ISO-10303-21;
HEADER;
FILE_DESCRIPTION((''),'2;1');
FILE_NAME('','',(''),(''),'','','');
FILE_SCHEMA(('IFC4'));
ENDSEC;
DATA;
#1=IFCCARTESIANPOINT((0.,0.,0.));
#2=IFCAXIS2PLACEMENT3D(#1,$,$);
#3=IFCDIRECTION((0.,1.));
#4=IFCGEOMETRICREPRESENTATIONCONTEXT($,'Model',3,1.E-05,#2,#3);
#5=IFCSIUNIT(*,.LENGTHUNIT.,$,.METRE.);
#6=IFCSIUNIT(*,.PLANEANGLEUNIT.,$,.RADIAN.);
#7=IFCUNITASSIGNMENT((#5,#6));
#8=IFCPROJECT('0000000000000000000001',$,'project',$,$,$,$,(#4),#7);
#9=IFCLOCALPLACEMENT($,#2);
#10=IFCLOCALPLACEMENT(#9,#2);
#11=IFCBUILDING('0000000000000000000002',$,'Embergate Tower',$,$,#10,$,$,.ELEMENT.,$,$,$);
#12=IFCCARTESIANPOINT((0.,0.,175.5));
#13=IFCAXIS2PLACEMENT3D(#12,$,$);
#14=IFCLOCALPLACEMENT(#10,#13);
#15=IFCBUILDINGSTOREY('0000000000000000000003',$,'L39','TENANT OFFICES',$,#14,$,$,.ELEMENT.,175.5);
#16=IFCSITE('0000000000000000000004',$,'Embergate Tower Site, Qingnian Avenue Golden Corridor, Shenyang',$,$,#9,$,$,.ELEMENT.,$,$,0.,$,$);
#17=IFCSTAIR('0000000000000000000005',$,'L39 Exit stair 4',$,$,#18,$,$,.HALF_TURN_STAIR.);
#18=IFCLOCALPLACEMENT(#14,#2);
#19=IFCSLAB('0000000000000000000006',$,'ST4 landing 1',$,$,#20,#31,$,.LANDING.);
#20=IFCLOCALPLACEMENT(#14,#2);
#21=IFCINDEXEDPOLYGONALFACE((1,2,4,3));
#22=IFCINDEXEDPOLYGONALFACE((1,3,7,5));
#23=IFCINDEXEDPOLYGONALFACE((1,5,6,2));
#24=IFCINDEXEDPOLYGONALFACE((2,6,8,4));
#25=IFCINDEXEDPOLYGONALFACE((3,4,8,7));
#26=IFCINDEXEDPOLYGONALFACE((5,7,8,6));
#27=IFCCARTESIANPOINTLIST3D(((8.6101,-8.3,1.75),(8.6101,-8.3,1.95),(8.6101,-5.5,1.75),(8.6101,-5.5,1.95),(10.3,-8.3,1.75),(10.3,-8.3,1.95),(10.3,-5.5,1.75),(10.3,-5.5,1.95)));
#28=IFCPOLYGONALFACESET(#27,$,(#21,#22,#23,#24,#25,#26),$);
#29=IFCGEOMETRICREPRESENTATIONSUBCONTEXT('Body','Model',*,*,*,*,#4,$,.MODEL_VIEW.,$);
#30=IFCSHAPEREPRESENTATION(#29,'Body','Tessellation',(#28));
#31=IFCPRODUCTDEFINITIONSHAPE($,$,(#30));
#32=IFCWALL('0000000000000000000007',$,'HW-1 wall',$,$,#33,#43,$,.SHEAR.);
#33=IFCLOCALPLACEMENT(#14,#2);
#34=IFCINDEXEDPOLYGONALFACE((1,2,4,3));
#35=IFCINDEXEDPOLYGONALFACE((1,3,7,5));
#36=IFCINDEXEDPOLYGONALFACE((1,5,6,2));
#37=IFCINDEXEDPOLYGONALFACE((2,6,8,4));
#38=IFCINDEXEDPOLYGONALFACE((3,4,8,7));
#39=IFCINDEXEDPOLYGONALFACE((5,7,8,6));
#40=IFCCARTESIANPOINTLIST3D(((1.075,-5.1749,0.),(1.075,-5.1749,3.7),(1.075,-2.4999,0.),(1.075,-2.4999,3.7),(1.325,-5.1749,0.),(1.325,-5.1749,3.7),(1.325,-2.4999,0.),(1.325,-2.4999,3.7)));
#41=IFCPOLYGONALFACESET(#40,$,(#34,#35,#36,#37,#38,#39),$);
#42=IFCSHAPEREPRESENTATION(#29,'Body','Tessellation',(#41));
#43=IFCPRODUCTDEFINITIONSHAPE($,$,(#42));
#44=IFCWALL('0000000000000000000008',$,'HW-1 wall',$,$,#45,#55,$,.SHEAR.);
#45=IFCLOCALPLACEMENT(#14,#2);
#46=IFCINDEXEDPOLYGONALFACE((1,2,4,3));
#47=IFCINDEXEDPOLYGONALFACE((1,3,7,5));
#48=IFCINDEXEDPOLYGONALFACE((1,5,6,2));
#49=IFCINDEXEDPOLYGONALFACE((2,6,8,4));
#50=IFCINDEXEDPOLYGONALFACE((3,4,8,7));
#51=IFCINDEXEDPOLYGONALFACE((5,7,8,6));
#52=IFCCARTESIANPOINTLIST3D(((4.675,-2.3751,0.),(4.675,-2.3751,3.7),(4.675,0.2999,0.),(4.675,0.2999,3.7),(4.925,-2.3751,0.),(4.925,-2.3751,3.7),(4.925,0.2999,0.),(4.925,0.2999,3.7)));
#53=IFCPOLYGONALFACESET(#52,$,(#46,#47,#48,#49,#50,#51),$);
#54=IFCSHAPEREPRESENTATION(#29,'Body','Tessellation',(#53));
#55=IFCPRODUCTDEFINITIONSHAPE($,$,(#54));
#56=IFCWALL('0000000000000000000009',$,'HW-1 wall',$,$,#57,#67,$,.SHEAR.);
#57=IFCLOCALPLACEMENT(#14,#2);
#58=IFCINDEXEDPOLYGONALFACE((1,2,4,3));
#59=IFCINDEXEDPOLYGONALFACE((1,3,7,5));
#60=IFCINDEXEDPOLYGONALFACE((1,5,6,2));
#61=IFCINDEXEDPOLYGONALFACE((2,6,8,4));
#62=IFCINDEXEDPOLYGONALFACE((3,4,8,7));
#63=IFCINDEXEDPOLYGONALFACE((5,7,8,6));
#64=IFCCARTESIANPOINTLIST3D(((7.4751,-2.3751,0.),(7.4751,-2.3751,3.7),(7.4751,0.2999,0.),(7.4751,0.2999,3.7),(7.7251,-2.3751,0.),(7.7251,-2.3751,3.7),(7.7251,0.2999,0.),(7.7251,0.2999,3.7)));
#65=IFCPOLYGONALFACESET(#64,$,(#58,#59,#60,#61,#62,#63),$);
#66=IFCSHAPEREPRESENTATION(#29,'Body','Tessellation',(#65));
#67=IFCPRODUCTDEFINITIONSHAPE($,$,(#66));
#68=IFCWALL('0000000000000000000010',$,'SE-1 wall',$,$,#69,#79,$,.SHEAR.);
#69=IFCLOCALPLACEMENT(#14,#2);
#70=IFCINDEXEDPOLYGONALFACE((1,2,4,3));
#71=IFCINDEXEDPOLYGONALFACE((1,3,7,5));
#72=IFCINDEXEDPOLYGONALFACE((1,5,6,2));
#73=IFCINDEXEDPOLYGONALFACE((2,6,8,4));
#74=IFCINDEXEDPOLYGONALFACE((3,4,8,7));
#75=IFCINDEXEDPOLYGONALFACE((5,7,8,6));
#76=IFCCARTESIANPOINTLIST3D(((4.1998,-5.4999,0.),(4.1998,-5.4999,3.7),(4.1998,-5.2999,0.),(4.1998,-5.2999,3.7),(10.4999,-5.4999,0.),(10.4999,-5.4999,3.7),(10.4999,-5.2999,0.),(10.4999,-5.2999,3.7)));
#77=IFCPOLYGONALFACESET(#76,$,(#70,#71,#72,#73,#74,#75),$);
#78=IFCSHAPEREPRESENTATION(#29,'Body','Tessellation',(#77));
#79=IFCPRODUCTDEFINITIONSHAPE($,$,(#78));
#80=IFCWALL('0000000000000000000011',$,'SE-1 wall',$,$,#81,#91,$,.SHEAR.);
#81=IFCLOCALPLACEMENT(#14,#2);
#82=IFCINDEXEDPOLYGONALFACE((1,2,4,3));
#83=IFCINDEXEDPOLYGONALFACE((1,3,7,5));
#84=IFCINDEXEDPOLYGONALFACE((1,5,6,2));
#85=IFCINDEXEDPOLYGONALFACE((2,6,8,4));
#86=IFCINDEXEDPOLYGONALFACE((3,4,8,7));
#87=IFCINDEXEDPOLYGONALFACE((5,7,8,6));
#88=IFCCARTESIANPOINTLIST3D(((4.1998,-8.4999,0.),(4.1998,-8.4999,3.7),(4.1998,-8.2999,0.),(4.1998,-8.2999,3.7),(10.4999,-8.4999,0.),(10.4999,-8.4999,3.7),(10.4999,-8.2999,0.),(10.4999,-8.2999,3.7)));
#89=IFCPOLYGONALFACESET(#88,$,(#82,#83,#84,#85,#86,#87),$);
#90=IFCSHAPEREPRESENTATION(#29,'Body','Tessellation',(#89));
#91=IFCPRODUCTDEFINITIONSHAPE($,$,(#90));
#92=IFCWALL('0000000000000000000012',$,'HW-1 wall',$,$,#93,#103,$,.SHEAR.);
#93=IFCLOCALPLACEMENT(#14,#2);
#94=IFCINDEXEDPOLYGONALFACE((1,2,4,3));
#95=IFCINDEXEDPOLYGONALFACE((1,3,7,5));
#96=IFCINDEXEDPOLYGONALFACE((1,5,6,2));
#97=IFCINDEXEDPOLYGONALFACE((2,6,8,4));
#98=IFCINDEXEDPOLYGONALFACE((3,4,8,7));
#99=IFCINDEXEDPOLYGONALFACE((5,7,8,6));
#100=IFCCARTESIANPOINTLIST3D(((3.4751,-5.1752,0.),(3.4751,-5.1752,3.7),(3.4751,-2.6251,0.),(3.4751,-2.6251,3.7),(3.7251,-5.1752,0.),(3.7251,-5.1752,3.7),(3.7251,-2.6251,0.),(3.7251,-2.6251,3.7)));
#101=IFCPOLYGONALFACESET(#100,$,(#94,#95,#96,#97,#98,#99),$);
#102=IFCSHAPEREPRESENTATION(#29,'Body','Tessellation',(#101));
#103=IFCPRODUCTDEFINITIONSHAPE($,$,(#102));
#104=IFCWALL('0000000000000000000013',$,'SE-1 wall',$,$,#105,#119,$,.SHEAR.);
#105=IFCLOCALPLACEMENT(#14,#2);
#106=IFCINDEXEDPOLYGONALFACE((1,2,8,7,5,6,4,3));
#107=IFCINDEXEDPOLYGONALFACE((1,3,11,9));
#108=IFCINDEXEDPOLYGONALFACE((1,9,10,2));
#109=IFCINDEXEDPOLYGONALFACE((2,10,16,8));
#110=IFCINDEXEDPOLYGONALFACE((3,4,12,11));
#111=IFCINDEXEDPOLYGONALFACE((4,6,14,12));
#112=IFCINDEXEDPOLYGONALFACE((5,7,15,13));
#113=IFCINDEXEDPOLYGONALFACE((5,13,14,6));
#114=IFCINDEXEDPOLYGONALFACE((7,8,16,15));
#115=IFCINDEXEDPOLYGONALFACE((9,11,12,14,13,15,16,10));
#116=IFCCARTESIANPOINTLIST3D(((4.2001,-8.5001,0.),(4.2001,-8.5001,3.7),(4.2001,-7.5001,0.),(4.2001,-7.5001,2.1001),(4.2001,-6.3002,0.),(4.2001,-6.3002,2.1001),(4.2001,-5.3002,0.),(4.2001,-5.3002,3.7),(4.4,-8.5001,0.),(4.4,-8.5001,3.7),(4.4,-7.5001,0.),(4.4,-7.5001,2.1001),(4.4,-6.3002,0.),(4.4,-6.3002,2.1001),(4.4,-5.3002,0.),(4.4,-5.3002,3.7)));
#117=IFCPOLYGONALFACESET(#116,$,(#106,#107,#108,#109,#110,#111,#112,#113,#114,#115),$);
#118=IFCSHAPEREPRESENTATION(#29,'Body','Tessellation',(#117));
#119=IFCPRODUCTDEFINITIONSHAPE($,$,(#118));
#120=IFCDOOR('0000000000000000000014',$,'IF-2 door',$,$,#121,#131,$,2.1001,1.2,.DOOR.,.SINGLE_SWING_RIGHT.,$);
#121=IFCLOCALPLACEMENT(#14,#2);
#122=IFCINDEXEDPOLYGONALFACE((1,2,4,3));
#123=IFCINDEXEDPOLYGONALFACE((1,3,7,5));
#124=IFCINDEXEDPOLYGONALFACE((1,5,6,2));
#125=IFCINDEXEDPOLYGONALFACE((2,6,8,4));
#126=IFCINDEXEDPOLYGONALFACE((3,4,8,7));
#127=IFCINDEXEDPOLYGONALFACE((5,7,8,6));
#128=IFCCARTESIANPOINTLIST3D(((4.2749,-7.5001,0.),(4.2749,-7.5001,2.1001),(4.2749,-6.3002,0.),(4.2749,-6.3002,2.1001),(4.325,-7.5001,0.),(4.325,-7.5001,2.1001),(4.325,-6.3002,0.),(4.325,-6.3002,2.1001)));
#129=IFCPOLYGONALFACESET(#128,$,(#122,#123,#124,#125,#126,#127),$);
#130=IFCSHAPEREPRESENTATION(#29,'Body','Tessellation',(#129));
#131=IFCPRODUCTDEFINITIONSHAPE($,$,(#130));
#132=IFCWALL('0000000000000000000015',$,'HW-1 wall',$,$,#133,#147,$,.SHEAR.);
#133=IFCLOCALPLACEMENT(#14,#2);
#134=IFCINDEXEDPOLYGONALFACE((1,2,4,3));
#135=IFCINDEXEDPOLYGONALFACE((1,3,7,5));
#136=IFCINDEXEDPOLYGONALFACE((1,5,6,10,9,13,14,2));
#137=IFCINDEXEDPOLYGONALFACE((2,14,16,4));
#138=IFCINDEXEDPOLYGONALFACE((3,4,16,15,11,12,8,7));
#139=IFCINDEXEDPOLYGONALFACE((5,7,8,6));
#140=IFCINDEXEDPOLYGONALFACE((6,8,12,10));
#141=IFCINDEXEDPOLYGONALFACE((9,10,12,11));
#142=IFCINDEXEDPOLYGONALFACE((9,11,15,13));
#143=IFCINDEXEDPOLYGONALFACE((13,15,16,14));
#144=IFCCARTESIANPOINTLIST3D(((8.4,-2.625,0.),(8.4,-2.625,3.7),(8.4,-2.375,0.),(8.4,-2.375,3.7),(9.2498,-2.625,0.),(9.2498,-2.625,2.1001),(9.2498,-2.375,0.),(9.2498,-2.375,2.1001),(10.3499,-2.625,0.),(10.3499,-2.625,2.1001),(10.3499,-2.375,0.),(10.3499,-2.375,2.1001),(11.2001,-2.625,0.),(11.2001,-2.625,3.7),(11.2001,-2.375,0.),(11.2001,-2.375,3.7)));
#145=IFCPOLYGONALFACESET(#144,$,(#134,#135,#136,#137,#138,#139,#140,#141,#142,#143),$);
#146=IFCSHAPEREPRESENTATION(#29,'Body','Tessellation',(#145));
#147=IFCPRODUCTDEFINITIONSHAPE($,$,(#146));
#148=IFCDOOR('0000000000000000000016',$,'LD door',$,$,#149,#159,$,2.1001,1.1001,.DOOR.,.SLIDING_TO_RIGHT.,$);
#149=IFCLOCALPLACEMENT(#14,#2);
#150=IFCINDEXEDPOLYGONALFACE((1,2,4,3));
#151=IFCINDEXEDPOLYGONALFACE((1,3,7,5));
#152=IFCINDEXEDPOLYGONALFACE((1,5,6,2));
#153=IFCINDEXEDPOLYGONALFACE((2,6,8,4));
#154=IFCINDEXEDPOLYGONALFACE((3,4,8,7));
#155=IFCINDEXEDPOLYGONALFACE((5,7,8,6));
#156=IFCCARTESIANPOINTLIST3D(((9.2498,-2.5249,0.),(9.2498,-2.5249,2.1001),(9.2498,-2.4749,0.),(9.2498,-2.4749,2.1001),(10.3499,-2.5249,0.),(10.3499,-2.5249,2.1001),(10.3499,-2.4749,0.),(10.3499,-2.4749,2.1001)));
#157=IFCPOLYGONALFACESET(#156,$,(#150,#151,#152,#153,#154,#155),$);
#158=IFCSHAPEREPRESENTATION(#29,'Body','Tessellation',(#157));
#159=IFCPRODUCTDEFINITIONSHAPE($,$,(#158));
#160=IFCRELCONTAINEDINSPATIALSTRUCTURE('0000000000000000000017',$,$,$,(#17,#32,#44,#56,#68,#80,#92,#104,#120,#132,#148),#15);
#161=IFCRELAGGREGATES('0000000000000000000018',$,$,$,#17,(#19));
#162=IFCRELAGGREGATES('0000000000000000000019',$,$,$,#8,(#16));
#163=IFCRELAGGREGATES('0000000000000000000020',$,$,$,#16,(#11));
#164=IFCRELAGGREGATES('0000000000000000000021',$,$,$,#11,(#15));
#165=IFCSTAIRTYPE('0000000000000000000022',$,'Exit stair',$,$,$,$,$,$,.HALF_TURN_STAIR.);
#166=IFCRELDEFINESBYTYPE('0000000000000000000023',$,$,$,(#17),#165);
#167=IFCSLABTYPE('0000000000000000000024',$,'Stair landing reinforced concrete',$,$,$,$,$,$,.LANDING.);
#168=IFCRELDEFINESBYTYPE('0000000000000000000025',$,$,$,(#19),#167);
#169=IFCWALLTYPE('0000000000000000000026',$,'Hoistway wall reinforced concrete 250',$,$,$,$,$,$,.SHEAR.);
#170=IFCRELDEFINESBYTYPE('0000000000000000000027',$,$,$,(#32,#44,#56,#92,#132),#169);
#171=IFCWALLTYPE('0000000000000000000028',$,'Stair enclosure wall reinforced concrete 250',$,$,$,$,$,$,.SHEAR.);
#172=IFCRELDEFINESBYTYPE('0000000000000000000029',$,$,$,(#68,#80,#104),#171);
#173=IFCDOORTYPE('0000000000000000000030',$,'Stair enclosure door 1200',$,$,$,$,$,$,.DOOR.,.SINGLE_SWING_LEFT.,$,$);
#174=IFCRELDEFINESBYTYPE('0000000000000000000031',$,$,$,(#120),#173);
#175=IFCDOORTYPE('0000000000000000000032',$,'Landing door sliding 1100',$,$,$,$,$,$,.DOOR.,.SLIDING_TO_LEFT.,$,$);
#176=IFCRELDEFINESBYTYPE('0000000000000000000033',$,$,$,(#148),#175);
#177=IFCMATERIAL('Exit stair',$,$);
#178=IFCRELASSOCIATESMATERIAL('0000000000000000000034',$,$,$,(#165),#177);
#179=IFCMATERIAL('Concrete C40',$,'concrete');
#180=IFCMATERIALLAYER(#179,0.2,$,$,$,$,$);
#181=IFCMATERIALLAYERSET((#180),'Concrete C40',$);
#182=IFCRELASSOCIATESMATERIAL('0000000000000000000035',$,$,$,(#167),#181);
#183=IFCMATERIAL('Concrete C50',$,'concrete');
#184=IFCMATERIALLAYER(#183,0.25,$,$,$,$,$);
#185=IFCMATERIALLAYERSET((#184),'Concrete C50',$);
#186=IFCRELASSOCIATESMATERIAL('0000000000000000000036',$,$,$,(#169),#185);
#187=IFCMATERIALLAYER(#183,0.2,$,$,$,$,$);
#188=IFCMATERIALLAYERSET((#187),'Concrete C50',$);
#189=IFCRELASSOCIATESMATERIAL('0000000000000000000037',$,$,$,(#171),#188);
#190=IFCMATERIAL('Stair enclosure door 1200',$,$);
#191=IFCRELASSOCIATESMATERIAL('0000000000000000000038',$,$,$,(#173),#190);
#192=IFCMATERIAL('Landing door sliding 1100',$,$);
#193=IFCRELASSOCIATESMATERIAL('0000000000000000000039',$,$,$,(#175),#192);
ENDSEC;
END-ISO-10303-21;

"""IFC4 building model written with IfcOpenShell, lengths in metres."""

from ifc_helpers import new_model, si_unit, direction, frame, frame_2d, origin, place, context, subcontext, project, spatial, polyline, rectangle, outline, extrude, source, transform, mapped, material, layer, layer_set, type_object, element, fill, aggregate, save


model = new_model("IFC4")

# Units and contexts
model_context = context("Model", 3, precision=1e-05, world=origin(), true_north=direction((0.0, 1.0)))
body_context = subcontext(model_context, "Body", "Model", "MODEL_VIEW")
ifc_project = project(units=[si_unit("LENGTHUNIT", "METRE"), si_unit("PLANEANGLEUNIT", "RADIAN")], contexts=[model_context])

# Site, building, storey
site_placement = place(None, origin())
site = spatial("IfcSite", under=ifc_project, at=site_placement, Name="Embergate Tower Site, Qingnian Avenue Golden Corridor, Shenyang", CompositionType="ELEMENT", RefElevation=0.0)
building_placement = place(site_placement, origin())
building = spatial("IfcBuilding", under=site, at=building_placement, Name="Embergate Tower", CompositionType="ELEMENT")
storey_placement = place(building_placement, frame((0.0, 0.0, 175.5)))
storey = spatial("IfcBuildingStorey", under=building, at=storey_placement, Name="L39", Description="TENANT OFFICES", CompositionType="ELEMENT", Elevation=175.5)

# Stair, slab
ifc_material_1 = material(Name="Exit stair")
stair_type = type_object("IfcStairType", Name="Exit stair", PredefinedType="HALF_TURN_STAIR", material=ifc_material_1)
stair_placement = place(storey_placement, origin())
stair = element("IfcStair", 1, at=stair_placement, inside=storey, type_object=stair_type, Name="L39 Exit stair 4", PredefinedType="HALF_TURN_STAIR")
ifc_material_2 = material(Name="Concrete C40", Category="concrete")
ifc_layer_1 = layer(ifc_material_2, 0.2)
ifc_layer_set_1 = layer_set([ifc_layer_1], Name="Concrete C40")
slab_type = type_object("IfcSlabType", Name="Stair landing reinforced concrete", PredefinedType="LANDING", material=ifc_layer_set_1)
shared_shape_1 = source(origin(), body_context, "Body", "SweptSolid", [
    extrude(outline(polyline([(0.0, 0.0), (1.6899, 0.0), (1.6899, 2.8), (0.0, 2.8), (0.0, 0.0)])), origin(), (0.0, 0.0, 1.0), 0.2),
])
slab_placement = place(storey_placement, frame((8.6101, -8.3, 1.75)))
slab = element("IfcSlab", 2, at=slab_placement, type_object=slab_type, Name="ST4 landing 1", PredefinedType="LANDING", context=body_context, shape_type="MappedRepresentation", body=[
    mapped(shared_shape_1, transform((0.0, 0.0, 0.0))),
])

# Walls
ifc_material_3 = material(Name="Concrete C50", Category="concrete")
ifc_layer_2 = layer(ifc_material_3, 0.25)
ifc_layer_set_2 = layer_set([ifc_layer_2], Name="Concrete C50")
wall_type_1 = type_object("IfcWallType", Name="Hoistway wall reinforced concrete 250", PredefinedType="SHEAR", material=ifc_layer_set_2)
shared_shape_2 = source(origin(), body_context, "Body", "SweptSolid", [
    extrude(rectangle(XDim=2.675, YDim=0.25, at=frame_2d((1.3374, 0.0))), origin(), (0.0, 0.0, 1.0), 3.7),
])
for number, where, z_axis, x_axis, name in (
    (3, (1.2, -2.5, 0.0), (0.0, 0.0, 1.0), (0.0, -1.0, 0.0), "HW-1 wall"),
    (4, (4.8, -2.375, 0.0), (0.0, 0.0, 1.0), (0.0, 1.0, 0.0), "HW-1 wall"),
    (5, (7.6001, -2.375, 0.0), (0.0, 0.0, 1.0), (0.0, 1.0, 0.0), "HW-1 wall"),
):
    element("IfcWall", number, at=place(storey_placement, frame(where, z_axis=z_axis, x_axis=x_axis)), inside=storey, type_object=wall_type_1, Name=name, PredefinedType="SHEAR", context=body_context, shape_type="MappedRepresentation", body=[
        mapped(shared_shape_2, transform((0.0, 0.0, 0.0))),
    ])
ifc_layer_3 = layer(ifc_material_3, 0.2)
ifc_layer_set_3 = layer_set([ifc_layer_3], Name="Concrete C50")
wall_type_2 = type_object("IfcWallType", Name="Stair enclosure wall reinforced concrete 250", PredefinedType="SHEAR", material=ifc_layer_set_3)
shared_shape_3 = source(origin(), body_context, "Body", "SweptSolid", [
    extrude(rectangle(XDim=6.3, YDim=0.2, at=frame_2d((3.1499, 0.0))), origin(), (0.0, 0.0, 1.0), 3.7),
])
for number, where, z_axis, x_axis, name in (
    (6, (4.2, -5.3999, 0.0), (0.0, 0.0, 1.0), (1.0, 0.0, 0.0), "SE-1 wall"),
    (7, (4.2, -8.3999, 0.0), (0.0, 0.0, 1.0), (1.0, 0.0, 0.0), "SE-1 wall"),
):
    element("IfcWall", number, at=place(storey_placement, frame(where, z_axis=z_axis, x_axis=x_axis)), inside=storey, type_object=wall_type_2, Name=name, PredefinedType="SHEAR", context=body_context, shape_type="MappedRepresentation", body=[
        mapped(shared_shape_3, transform((0.0, 0.0, 0.0))),
    ])
shared_shape_4 = source(origin(), body_context, "Body", "SweptSolid", [
    extrude(rectangle(XDim=2.55, YDim=0.25, at=frame_2d((1.2749, 0.0))), origin(), (0.0, 0.0, 1.0), 3.7),
])
wall_1_placement = place(storey_placement, frame((3.6001, -5.175, 0.0), z_axis=(0.0, 0.0, 1.0), x_axis=(0.0, 1.0, 0.0)))
element("IfcWall", 8, at=wall_1_placement, inside=storey, type_object=wall_type_1, Name="HW-1 wall", PredefinedType="SHEAR", context=body_context, shape_type="MappedRepresentation", body=[
    mapped(shared_shape_4, transform((0.0, 0.0, 0.0))),
])

# Walls, openings, doors
shared_shape_5 = source(origin(), body_context, "Body", "SweptSolid", [
    extrude(rectangle(XDim=3.2, YDim=0.2, at=frame_2d((1.6001, 0.0))), origin(), (0.0, 0.0, 1.0), 3.7),
])
wall_2_placement = place(storey_placement, frame((4.3, -5.3, 0.0), z_axis=(0.0, 0.0, 1.0), x_axis=(0.0, -1.0, 0.0)))
wall_2 = element("IfcWall", 9, at=wall_2_placement, inside=storey, type_object=wall_type_2, Name="SE-1 wall", PredefinedType="SHEAR", context=body_context, shape_type="MappedRepresentation", body=[
    mapped(shared_shape_5, transform((0.0, 0.0, 0.0))),
])
shared_shape_6 = source(origin(), body_context, "Body", "SweptSolid", [
    extrude(rectangle(XDim=1.2, YDim=2.1001, at=frame_2d((0.6001, 1.05))), frame((0.0, 0.1099, 0.0), z_axis=(0.0, -1.0, 0.0), x_axis=(1.0, 0.0, 0.0)), (0.0, 0.0, 1.0), 0.22),
])
opening_1_placement = place(wall_2_placement, frame((1.0, 0.0, 0.0)))
opening_1 = element("IfcOpeningElement", 10, at=opening_1_placement, cuts=wall_2, PredefinedType="OPENING", context=body_context, shape_type="MappedRepresentation", body=[
    mapped(shared_shape_6, transform((0.0, 0.0, 0.0))),
])
ifc_material_4 = material(Name="Stair enclosure door 1200")
door_type_1 = type_object("IfcDoorType", Name="Stair enclosure door 1200", OperationType="SINGLE_SWING_LEFT", PredefinedType="DOOR", material=ifc_material_4)
shared_shape_7 = source(origin(), body_context, "Body", "SweptSolid", [
    extrude(rectangle(XDim=1.2, YDim=2.1001, at=frame_2d((0.6001, 1.05))), frame((0.0, 0.0249, 0.0), z_axis=(0.0, -1.0, 0.0), x_axis=(1.0, 0.0, 0.0)), (0.0, 0.0, 1.0), 0.05),
])
door_1_placement = place(opening_1_placement, origin())
door_1 = element("IfcDoor", 11, at=door_1_placement, inside=storey, type_object=door_type_1, Name="IF-2 door", OperationType="SINGLE_SWING_RIGHT", OverallHeight=2.1001, OverallWidth=1.2, PredefinedType="DOOR", context=body_context, shape_type="MappedRepresentation", body=[
    mapped(shared_shape_7, transform((0.0, 0.0, 0.0))),
])
fill(opening_1, door_1)
shared_shape_8 = source(origin(), body_context, "Body", "SweptSolid", [
    extrude(rectangle(XDim=2.8, YDim=0.25, at=frame_2d((1.3999, 0.0))), origin(), (0.0, 0.0, 1.0), 3.7),
])
wall_3_placement = place(storey_placement, frame((11.2, -2.5, 0.0), z_axis=(0.0, 0.0, 1.0), x_axis=(-1.0, 0.0, 0.0)))
wall_3 = element("IfcWall", 12, at=wall_3_placement, inside=storey, type_object=wall_type_1, Name="HW-1 wall", PredefinedType="SHEAR", context=body_context, shape_type="MappedRepresentation", body=[
    mapped(shared_shape_8, transform((0.0, 0.0, 0.0))),
])
shared_shape_9 = source(origin(), body_context, "Body", "SweptSolid", [
    extrude(rectangle(XDim=1.1001, YDim=2.1001, at=frame_2d((0.55, 1.05))), frame((0.0, 0.135, 0.0), z_axis=(0.0, -1.0, 0.0), x_axis=(1.0, 0.0, 0.0)), (0.0, 0.0, 1.0), 0.27),
])
opening_2_placement = place(wall_3_placement, frame((0.8501, 0.0, 0.0)))
opening_2 = element("IfcOpeningElement", 13, at=opening_2_placement, cuts=wall_3, PredefinedType="OPENING", context=body_context, shape_type="MappedRepresentation", body=[
    mapped(shared_shape_9, transform((0.0, 0.0, 0.0))),
])
ifc_material_5 = material(Name="Landing door sliding 1100")
door_type_2 = type_object("IfcDoorType", Name="Landing door sliding 1100", OperationType="SLIDING_TO_LEFT", PredefinedType="DOOR", material=ifc_material_5)
shared_shape_10 = source(origin(), body_context, "Body", "SweptSolid", [
    extrude(rectangle(XDim=1.1001, YDim=2.1001, at=frame_2d((0.55, 1.05))), frame((0.0, 0.0249, 0.0), z_axis=(0.0, -1.0, 0.0), x_axis=(1.0, 0.0, 0.0)), (0.0, 0.0, 1.0), 0.05),
])
door_2_placement = place(opening_2_placement, origin())
door_2 = element("IfcDoor", 14, at=door_2_placement, inside=storey, type_object=door_type_2, Name="LD door", OperationType="SLIDING_TO_RIGHT", OverallHeight=2.1001, OverallWidth=1.1001, PredefinedType="DOOR", context=body_context, shape_type="MappedRepresentation", body=[
    mapped(shared_shape_10, transform((0.0, 0.0, 0.0))),
])
fill(opening_2, door_2)

aggregate(stair, [slab])

save(model, "model.ifc")
